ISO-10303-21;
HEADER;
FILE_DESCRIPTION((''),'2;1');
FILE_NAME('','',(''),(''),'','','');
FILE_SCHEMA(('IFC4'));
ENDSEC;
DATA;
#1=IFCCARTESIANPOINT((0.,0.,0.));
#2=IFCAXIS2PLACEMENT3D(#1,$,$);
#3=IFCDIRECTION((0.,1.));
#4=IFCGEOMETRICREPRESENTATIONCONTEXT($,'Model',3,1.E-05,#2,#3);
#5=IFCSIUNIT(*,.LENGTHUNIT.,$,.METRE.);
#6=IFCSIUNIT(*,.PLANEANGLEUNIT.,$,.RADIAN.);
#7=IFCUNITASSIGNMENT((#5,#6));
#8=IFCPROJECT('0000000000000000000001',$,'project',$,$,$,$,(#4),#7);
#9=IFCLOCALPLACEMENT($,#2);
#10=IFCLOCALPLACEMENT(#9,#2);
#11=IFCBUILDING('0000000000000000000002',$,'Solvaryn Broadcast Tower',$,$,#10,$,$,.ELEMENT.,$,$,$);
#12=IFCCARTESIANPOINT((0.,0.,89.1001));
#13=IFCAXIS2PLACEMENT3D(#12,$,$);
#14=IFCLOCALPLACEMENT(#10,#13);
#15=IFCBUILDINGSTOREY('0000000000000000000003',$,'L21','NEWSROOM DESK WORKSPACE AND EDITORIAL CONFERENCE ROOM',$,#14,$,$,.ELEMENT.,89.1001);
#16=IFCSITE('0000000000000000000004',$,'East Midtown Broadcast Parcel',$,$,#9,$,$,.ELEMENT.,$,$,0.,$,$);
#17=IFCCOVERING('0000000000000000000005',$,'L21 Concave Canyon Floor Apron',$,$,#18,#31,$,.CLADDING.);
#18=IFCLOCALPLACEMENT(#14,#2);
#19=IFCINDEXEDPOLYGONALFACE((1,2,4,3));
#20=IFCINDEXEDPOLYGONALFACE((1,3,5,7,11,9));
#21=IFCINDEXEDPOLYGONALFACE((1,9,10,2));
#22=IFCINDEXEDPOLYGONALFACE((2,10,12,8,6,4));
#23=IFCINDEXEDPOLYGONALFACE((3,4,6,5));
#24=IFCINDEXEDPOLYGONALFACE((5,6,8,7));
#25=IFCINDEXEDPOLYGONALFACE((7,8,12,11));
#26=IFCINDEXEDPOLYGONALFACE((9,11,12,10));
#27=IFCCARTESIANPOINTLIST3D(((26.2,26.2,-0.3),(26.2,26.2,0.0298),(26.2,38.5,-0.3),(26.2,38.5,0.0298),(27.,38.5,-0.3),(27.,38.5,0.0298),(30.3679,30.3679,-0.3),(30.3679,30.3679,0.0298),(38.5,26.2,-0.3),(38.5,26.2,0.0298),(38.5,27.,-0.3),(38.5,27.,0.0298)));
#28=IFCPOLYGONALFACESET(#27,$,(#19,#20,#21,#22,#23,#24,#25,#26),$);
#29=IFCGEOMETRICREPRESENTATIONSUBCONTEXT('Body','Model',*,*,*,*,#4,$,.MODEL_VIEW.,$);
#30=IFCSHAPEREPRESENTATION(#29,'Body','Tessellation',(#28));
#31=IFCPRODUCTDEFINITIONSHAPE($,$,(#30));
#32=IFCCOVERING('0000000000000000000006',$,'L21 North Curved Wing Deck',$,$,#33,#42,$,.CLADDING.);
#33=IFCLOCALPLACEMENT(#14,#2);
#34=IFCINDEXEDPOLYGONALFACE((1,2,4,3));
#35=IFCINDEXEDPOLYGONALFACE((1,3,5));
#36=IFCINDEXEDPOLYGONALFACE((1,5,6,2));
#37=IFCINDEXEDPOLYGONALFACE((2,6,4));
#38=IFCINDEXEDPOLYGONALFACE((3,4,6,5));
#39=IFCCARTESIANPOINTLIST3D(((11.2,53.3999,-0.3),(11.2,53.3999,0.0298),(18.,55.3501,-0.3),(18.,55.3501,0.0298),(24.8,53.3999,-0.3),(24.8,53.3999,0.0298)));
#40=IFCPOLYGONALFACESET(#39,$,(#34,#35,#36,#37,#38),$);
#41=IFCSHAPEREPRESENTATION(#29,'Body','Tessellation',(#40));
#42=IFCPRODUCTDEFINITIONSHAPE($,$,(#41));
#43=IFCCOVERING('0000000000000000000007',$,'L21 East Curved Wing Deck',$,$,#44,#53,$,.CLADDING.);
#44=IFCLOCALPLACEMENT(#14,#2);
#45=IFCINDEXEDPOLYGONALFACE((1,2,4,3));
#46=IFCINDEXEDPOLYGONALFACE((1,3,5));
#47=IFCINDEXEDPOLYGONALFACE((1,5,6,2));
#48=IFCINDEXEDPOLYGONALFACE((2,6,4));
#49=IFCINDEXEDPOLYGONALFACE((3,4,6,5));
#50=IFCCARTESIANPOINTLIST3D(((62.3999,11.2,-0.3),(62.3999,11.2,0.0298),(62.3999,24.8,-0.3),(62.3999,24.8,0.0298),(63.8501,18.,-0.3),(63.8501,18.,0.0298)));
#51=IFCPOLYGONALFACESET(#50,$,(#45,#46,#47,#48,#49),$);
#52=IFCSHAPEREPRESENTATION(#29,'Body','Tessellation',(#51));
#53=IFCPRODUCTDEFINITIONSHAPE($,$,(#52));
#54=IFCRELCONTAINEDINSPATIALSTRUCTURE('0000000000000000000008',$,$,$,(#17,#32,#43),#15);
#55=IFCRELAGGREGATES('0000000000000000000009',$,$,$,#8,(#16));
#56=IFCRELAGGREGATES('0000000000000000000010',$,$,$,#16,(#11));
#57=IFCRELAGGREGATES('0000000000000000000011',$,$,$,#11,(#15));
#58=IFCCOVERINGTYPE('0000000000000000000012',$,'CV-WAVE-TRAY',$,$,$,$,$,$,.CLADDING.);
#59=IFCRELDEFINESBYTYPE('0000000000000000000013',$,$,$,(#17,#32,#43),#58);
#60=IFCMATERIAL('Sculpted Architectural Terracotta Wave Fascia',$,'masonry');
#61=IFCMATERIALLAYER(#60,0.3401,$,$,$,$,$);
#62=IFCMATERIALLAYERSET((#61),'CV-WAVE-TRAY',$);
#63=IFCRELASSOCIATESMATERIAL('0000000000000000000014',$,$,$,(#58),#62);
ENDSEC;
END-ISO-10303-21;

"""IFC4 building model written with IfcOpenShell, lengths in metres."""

from ifc_helpers import new_model, si_unit, direction, frame, origin, place, context, subcontext, project, spatial, polyline, outline, extrude, material, layer, layer_set, type_object, element, save


model = new_model("IFC4")

# Units and contexts
model_context = context("Model", 3, precision=1e-05, world=origin(), true_north=direction((0.0, 1.0)))
body_context = subcontext(model_context, "Body", "Model", "MODEL_VIEW")
ifc_project = project(units=[si_unit("LENGTHUNIT", "METRE"), si_unit("PLANEANGLEUNIT", "RADIAN")], contexts=[model_context])

# Site, building, storey
site_placement = place(None, origin())
site = spatial("IfcSite", under=ifc_project, at=site_placement, Name="East Midtown Broadcast Parcel", CompositionType="ELEMENT", RefElevation=0.0)
building_placement = place(site_placement, origin())
building = spatial("IfcBuilding", under=site, at=building_placement, Name="Solvaryn Broadcast Tower", CompositionType="ELEMENT")
storey_placement = place(building_placement, frame((0.0, 0.0, 89.1001)))
storey = spatial("IfcBuildingStorey", under=building, at=storey_placement, Name="L21", Description="NEWSROOM DESK WORKSPACE AND EDITORIAL CONFERENCE ROOM", CompositionType="ELEMENT", Elevation=89.1001)

# Coverings
ifc_material_1 = material(Name="Sculpted Architectural Terracotta Wave Fascia", Category="masonry")
ifc_layer_1 = layer(ifc_material_1, 0.3401)
ifc_layer_set_1 = layer_set([ifc_layer_1], Name="CV-WAVE-TRAY")
covering_type_1 = type_object("IfcCoveringType", Name="CV-WAVE-TRAY", PredefinedType="CLADDING", material=ifc_layer_set_1)
covering_1_placement = place(storey_placement, frame((0.0, 0.0, -0.3)))
element("IfcCovering", 1, at=covering_1_placement, inside=storey, type_object=covering_type_1, Name="L21 Concave Canyon Floor Apron", PredefinedType="CLADDING", context=body_context, shape_type="SweptSolid", body=[
    extrude(outline(polyline([(26.2, 26.2), (38.5, 26.2), (38.5, 27.0), (30.3679, 30.3679), (27.0, 38.5), (26.2, 38.5), (26.2, 26.2)])), origin(), (0.0, 0.0, 1.0), 0.3298),
])
covering_2_placement = place(storey_placement, frame((0.0, 0.0, -0.3)))
element("IfcCovering", 2, at=covering_2_placement, inside=storey, type_object=covering_type_1, Name="L21 North Curved Wing Deck", PredefinedType="CLADDING", context=body_context, shape_type="SweptSolid", body=[
    extrude(outline(polyline([(11.2, 53.3999), (24.8, 53.3999), (18.0, 55.3501), (11.2, 53.3999)])), origin(), (0.0, 0.0, 1.0), 0.3298),
])
covering_3_placement = place(storey_placement, frame((0.0, 0.0, -0.3)))
element("IfcCovering", 3, at=covering_3_placement, inside=storey, type_object=covering_type_1, Name="L21 East Curved Wing Deck", PredefinedType="CLADDING", context=body_context, shape_type="SweptSolid", body=[
    extrude(outline(polyline([(62.3999, 11.2), (63.8501, 18.0), (62.3999, 24.8), (62.3999, 11.2)])), origin(), (0.0, 0.0, 1.0), 0.3298),
])

save(model, "model.ifc")
